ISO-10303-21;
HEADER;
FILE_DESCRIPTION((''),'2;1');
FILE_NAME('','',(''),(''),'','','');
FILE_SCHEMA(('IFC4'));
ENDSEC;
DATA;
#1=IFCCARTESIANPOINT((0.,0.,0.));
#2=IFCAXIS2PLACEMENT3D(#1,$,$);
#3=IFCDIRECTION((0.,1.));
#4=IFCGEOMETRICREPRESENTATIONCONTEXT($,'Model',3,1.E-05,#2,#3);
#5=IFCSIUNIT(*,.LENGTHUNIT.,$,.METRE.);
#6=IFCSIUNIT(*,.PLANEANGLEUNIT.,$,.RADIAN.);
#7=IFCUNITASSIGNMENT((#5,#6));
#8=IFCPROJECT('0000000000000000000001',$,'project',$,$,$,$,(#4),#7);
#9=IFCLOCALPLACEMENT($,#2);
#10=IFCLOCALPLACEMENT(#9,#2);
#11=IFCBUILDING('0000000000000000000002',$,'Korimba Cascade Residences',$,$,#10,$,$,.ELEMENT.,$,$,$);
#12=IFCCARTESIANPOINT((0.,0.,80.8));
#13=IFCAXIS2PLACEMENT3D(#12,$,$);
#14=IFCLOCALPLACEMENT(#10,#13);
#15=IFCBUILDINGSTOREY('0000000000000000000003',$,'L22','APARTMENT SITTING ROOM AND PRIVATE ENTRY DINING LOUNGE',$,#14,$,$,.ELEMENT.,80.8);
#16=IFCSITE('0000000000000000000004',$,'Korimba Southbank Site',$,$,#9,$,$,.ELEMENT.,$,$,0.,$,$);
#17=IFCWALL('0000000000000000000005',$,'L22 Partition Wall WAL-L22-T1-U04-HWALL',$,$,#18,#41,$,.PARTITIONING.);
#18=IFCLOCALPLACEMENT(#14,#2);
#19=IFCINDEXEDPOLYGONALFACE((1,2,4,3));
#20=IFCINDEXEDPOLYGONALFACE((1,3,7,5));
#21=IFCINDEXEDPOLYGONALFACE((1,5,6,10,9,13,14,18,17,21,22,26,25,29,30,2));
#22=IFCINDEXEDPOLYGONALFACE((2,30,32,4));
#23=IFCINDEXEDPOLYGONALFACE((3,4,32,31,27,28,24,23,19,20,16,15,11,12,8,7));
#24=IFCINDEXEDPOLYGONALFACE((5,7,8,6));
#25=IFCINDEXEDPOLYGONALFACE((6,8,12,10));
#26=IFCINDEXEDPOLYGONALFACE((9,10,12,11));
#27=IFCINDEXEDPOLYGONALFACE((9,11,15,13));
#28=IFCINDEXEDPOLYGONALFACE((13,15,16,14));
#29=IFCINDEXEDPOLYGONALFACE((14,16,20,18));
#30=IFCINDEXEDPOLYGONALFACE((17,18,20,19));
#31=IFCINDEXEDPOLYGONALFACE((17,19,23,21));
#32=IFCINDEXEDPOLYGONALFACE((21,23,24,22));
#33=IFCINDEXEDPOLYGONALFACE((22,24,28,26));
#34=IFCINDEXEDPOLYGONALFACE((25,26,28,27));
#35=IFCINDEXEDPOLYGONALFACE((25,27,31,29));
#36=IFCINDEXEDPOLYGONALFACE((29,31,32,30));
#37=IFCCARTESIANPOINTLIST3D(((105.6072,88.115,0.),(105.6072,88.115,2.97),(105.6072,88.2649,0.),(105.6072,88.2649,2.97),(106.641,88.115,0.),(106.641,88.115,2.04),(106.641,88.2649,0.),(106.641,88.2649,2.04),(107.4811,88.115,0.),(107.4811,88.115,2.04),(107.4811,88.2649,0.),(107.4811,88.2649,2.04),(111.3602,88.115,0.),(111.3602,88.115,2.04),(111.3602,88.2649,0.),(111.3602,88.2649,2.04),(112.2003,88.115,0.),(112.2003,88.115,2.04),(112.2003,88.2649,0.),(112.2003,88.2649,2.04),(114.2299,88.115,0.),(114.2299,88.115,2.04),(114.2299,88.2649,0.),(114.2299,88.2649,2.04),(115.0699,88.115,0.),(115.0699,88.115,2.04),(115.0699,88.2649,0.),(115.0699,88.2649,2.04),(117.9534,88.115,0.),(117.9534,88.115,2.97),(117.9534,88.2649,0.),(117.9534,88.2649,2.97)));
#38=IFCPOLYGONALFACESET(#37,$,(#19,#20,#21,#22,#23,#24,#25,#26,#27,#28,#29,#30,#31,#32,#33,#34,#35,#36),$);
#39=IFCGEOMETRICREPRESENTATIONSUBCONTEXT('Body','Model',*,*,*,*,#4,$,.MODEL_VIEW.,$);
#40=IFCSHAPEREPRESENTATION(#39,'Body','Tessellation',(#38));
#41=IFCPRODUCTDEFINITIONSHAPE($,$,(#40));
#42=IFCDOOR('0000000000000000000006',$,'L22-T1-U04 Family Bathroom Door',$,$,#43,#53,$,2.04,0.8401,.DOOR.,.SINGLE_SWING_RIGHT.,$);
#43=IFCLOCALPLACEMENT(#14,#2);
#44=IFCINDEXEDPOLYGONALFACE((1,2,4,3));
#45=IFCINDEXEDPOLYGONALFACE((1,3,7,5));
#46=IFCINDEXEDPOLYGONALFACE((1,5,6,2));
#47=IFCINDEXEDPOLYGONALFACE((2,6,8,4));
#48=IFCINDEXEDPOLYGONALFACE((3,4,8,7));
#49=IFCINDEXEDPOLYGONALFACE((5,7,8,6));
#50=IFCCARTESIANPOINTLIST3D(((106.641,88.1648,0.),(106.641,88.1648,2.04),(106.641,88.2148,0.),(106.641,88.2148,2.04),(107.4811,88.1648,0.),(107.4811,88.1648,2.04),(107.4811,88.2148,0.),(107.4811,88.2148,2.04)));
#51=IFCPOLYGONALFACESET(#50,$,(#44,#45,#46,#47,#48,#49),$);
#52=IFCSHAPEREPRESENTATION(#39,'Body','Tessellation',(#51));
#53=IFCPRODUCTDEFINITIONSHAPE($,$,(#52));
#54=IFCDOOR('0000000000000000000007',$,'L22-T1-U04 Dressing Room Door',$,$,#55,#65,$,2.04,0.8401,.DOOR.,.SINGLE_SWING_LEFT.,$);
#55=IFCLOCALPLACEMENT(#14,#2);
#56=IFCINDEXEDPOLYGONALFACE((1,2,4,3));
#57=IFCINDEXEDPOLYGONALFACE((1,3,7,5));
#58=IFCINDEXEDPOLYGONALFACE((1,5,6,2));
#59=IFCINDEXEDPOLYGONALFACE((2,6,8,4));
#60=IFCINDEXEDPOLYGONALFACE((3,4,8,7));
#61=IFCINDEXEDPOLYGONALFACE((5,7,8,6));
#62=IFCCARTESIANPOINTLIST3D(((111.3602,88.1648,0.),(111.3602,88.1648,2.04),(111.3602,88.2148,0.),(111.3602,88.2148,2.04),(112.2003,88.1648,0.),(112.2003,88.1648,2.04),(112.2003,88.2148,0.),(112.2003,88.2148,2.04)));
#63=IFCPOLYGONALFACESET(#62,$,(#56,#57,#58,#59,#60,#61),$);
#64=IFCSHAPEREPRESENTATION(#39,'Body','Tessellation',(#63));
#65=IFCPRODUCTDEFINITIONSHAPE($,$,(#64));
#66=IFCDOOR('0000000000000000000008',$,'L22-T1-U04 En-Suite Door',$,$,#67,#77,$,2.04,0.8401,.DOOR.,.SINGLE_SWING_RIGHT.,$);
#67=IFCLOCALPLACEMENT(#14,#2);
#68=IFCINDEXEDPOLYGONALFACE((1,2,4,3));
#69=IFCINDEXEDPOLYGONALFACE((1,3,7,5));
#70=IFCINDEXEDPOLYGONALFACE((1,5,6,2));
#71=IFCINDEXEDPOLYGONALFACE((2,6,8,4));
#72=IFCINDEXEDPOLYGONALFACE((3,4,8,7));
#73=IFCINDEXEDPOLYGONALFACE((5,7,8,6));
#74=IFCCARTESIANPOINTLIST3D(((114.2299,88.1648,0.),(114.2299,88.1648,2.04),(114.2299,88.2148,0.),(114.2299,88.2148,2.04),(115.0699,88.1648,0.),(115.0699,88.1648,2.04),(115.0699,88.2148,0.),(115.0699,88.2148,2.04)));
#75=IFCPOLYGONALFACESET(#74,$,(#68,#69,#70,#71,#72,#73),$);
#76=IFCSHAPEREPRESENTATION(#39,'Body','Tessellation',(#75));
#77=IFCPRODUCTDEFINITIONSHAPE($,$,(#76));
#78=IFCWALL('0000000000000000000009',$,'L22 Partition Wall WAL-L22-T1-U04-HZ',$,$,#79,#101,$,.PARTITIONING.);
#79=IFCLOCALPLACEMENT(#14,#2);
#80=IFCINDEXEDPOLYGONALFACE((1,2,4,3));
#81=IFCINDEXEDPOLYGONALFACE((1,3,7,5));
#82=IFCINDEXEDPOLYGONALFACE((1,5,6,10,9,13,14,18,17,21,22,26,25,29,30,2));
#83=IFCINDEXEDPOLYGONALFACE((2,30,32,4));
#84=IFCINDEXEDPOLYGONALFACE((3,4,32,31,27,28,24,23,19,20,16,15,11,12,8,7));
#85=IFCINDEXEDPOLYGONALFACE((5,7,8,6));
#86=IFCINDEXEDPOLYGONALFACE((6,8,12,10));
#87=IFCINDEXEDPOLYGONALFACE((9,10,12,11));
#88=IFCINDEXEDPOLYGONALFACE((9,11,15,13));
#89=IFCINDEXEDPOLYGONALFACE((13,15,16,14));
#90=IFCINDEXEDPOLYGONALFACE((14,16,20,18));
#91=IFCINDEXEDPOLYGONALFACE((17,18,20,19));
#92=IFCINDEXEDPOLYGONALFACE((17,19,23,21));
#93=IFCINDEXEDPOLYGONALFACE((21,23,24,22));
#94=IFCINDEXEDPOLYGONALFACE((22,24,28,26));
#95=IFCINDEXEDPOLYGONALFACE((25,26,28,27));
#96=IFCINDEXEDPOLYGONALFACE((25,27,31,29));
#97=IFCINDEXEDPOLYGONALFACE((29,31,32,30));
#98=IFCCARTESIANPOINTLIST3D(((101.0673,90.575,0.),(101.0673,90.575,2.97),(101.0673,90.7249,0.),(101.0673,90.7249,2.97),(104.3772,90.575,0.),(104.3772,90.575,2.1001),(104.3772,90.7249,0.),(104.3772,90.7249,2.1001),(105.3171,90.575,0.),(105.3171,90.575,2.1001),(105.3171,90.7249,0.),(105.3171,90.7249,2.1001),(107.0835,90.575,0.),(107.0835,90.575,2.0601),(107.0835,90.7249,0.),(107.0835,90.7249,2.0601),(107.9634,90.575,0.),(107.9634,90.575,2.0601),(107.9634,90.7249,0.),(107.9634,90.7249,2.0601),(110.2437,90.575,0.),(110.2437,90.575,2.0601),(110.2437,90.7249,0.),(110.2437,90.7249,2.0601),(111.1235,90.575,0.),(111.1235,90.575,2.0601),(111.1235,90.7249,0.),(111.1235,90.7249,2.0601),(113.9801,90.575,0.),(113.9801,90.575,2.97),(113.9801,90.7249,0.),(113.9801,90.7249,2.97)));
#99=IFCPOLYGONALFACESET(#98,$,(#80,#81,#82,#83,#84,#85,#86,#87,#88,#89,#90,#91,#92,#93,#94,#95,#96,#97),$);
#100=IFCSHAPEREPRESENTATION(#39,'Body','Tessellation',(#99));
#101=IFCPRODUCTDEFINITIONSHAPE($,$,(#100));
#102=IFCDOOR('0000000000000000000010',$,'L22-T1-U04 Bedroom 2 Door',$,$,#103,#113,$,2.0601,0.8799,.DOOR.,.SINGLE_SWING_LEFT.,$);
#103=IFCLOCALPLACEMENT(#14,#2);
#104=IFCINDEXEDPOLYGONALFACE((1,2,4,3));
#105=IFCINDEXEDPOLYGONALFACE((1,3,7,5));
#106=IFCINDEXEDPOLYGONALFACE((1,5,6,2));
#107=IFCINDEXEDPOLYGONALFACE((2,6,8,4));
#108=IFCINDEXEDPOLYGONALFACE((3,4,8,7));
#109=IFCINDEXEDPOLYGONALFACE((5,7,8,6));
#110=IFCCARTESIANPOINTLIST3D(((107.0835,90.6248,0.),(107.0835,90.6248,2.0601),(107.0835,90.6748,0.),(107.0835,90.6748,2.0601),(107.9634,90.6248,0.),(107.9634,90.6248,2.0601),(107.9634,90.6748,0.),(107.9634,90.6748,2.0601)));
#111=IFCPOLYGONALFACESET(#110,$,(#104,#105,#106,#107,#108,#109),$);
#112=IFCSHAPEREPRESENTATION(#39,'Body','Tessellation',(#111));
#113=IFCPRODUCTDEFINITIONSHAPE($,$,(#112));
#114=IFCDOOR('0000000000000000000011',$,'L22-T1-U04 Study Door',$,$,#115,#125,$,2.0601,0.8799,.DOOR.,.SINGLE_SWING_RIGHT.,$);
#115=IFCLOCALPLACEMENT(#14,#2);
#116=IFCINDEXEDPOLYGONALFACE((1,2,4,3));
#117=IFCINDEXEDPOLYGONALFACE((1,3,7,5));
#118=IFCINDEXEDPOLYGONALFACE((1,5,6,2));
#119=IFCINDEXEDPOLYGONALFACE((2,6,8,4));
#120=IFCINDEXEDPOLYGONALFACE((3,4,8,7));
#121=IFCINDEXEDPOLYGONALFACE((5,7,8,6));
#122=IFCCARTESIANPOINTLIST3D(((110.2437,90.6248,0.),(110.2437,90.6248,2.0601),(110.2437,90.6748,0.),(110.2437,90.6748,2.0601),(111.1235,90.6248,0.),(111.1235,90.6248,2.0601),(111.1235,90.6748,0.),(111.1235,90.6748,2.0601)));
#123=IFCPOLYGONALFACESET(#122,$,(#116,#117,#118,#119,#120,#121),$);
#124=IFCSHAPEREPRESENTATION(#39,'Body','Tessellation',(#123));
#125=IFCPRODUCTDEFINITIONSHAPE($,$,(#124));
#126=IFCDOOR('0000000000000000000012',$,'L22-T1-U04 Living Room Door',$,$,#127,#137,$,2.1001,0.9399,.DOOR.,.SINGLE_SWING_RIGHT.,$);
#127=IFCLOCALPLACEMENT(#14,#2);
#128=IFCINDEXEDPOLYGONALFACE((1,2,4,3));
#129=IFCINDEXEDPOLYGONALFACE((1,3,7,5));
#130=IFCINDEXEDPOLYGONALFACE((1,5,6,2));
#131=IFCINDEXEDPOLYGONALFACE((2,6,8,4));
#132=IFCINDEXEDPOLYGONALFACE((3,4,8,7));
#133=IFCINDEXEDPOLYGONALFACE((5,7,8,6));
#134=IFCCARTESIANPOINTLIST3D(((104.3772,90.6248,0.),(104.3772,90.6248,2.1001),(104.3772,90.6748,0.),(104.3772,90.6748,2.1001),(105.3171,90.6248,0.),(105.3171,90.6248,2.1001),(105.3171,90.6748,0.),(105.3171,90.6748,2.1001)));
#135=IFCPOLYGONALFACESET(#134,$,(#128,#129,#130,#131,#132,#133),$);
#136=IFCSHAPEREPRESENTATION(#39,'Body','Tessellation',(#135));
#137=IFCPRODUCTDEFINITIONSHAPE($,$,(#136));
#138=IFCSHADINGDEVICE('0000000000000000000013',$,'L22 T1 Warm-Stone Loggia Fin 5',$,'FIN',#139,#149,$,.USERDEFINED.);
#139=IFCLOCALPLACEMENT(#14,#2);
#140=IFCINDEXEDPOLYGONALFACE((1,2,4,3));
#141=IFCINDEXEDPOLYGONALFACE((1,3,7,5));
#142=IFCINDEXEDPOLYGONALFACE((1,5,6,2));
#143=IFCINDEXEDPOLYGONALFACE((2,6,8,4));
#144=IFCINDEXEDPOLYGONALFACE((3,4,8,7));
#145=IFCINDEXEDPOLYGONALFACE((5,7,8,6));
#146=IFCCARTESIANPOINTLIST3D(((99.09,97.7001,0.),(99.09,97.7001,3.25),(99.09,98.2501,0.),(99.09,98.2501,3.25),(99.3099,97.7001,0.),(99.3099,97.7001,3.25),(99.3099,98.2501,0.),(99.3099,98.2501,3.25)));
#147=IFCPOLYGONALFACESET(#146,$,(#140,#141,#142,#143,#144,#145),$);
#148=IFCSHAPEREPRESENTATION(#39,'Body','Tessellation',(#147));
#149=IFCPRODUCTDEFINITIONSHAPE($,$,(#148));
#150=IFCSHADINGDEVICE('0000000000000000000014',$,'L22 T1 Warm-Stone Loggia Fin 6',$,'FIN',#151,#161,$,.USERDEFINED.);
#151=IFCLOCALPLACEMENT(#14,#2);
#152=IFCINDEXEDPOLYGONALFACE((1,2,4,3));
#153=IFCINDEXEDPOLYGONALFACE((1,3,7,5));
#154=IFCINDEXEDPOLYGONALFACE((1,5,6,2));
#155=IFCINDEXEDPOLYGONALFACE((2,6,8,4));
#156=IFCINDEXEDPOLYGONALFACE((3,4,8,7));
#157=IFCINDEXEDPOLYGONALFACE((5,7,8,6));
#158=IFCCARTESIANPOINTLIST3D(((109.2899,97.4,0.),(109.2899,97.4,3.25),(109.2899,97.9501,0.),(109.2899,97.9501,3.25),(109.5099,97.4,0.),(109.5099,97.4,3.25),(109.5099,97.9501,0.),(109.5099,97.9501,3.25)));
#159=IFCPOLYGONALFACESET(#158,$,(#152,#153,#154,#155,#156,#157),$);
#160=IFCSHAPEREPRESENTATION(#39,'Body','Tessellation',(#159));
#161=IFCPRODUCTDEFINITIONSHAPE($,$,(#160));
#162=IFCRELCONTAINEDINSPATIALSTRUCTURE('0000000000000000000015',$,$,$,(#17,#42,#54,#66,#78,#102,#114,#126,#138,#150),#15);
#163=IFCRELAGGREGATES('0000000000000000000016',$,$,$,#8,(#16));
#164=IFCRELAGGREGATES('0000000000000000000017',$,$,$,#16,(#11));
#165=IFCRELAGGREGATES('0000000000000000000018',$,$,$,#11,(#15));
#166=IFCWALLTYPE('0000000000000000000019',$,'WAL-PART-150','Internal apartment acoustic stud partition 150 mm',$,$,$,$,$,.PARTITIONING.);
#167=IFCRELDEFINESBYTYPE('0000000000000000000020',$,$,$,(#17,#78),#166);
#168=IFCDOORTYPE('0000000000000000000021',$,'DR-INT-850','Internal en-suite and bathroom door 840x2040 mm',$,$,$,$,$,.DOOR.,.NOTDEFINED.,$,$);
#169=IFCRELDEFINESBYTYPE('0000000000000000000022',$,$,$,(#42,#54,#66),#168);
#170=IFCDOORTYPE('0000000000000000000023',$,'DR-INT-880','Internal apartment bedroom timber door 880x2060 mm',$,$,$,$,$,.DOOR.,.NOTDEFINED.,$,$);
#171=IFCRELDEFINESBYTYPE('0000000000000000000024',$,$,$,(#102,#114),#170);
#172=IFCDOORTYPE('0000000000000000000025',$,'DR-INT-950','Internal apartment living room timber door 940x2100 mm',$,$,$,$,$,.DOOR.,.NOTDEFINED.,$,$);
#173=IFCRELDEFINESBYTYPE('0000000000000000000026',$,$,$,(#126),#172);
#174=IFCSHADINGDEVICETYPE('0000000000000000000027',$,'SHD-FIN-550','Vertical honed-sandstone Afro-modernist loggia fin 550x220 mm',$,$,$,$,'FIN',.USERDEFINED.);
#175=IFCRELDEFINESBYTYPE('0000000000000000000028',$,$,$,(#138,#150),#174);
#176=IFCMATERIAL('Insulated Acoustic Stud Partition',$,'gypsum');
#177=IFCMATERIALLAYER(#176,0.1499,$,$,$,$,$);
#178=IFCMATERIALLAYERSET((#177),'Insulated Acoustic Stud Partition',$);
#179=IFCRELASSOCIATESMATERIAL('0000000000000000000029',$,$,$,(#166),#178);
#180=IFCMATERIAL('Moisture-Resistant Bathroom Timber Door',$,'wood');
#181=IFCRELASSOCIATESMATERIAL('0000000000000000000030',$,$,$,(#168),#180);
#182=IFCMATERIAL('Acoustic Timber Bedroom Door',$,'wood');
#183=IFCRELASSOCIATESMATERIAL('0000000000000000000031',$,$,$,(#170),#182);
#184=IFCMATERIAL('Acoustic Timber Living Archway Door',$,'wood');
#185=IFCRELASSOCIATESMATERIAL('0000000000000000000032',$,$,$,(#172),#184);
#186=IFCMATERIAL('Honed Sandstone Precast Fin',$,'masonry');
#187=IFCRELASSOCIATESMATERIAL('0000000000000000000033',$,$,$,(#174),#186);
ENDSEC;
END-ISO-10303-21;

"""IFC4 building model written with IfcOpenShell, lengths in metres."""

from ifc_helpers import new_model, si_unit, direction, frame, frame_2d, origin, origin_2d, place, context, subcontext, project, spatial, rectangle, extrude, material, layer, layer_set, type_object, element, fill, save


model = new_model("IFC4")

# Units and contexts
model_context = context("Model", 3, precision=1e-05, world=origin(), true_north=direction((0.0, 1.0)))
body_context = subcontext(model_context, "Body", "Model", "MODEL_VIEW")
ifc_project = project(units=[si_unit("LENGTHUNIT", "METRE"), si_unit("PLANEANGLEUNIT", "RADIAN")], contexts=[model_context])

# Site, building, storey
site_placement = place(None, origin())
site = spatial("IfcSite", under=ifc_project, at=site_placement, Name="Korimba Southbank Site", CompositionType="ELEMENT", RefElevation=0.0)
building_placement = place(site_placement, origin())
building = spatial("IfcBuilding", under=site, at=building_placement, Name="Korimba Cascade Residences", CompositionType="ELEMENT")
storey_placement = place(building_placement, frame((0.0, 0.0, 80.8)))
storey = spatial("IfcBuildingStorey", under=building, at=storey_placement, Name="L22", Description="APARTMENT SITTING ROOM AND PRIVATE ENTRY DINING LOUNGE", CompositionType="ELEMENT", Elevation=80.8)

# Shared definitions
ifc_material_1 = material(Name="Insulated Acoustic Stud Partition", Category="gypsum")
ifc_layer = layer(ifc_material_1, 0.1499)
ifc_layer_set = layer_set([ifc_layer], Name="Insulated Acoustic Stud Partition")
wall_type = type_object("IfcWallType", Name="WAL-PART-150", Description="Internal apartment acoustic stud partition 150 mm", PredefinedType="PARTITIONING", material=ifc_layer_set)

# Walls, openings, doors
wall_1_placement = place(storey_placement, frame((105.6072, 88.1899, 0.0), z_axis=(0.0, 0.0, 1.0), x_axis=(1.0, 0.0, 0.0)))
wall_1 = element("IfcWall", 1, at=wall_1_placement, inside=storey, type_object=wall_type, Name="L22 Partition Wall WAL-L22-T1-U04-HWALL", PredefinedType="PARTITIONING", context=body_context, shape_type="SweptSolid", body=[
    extrude(rectangle(XDim=12.3462, YDim=0.1499, at=frame_2d((6.1731, 0.0))), origin(), (0.0, 0.0, 1.0), 2.97),
])
opening_1_placement = place(wall_1_placement, frame((1.0339, 0.0, 0.0)))
opening_1 = element("IfcOpeningElement", 2, at=opening_1_placement, cuts=wall_1, PredefinedType="OPENING", context=body_context, shape_type="SweptSolid", body=[
    extrude(rectangle(XDim=0.8401, YDim=2.04, at=frame_2d((0.4199, 1.02))), frame((0.0, 0.085, 0.0), z_axis=(0.0, -1.0, 0.0), x_axis=(1.0, 0.0, 0.0)), (0.0, 0.0, 1.0), 0.1699),
])
opening_2_placement = place(wall_1_placement, frame((5.7532, 0.0, 0.0)))
opening_2 = element("IfcOpeningElement", 3, at=opening_2_placement, cuts=wall_1, PredefinedType="OPENING", context=body_context, shape_type="SweptSolid", body=[
    extrude(rectangle(XDim=0.8401, YDim=2.04, at=frame_2d((0.4199, 1.02))), frame((0.0, 0.085, 0.0), z_axis=(0.0, -1.0, 0.0), x_axis=(1.0, 0.0, 0.0)), (0.0, 0.0, 1.0), 0.1699),
])
opening_3_placement = place(wall_1_placement, frame((8.6228, 0.0, 0.0)))
opening_3 = element("IfcOpeningElement", 4, at=opening_3_placement, cuts=wall_1, PredefinedType="OPENING", context=body_context, shape_type="SweptSolid", body=[
    extrude(rectangle(XDim=0.8401, YDim=2.04, at=frame_2d((0.4199, 1.02))), frame((0.0, 0.085, 0.0), z_axis=(0.0, -1.0, 0.0), x_axis=(1.0, 0.0, 0.0)), (0.0, 0.0, 1.0), 0.1699),
])
ifc_material_2 = material(Name="Moisture-Resistant Bathroom Timber Door", Category="wood")
door_type_1 = type_object("IfcDoorType", Name="DR-INT-850", Description="Internal en-suite and bathroom door 840x2040 mm", OperationType="NOTDEFINED", PredefinedType="DOOR", material=ifc_material_2)
door_1_placement = place(opening_1_placement, origin())
door_1 = element("IfcDoor", 5, at=door_1_placement, inside=storey, type_object=door_type_1, Name="L22-T1-U04 Family Bathroom Door", OperationType="SINGLE_SWING_RIGHT", OverallHeight=2.04, OverallWidth=0.8401, PredefinedType="DOOR", context=body_context, shape_type="SweptSolid", body=[
    extrude(rectangle(XDim=0.8401, YDim=2.04, at=frame_2d((0.4199, 1.02))), frame((0.0, 0.0249, 0.0), z_axis=(0.0, -1.0, 0.0), x_axis=(1.0, 0.0, 0.0)), (0.0, 0.0, 1.0), 0.05),
])
fill(opening_1, door_1)
door_2_placement = place(opening_2_placement, origin())
door_2 = element("IfcDoor", 6, at=door_2_placement, inside=storey, type_object=door_type_1, Name="L22-T1-U04 Dressing Room Door", OperationType="SINGLE_SWING_LEFT", OverallHeight=2.04, OverallWidth=0.8401, PredefinedType="DOOR", context=body_context, shape_type="SweptSolid", body=[
    extrude(rectangle(XDim=0.8401, YDim=2.04, at=frame_2d((0.4199, 1.02))), frame((0.0, 0.0249, 0.0), z_axis=(0.0, -1.0, 0.0), x_axis=(1.0, 0.0, 0.0)), (0.0, 0.0, 1.0), 0.05),
])
fill(opening_2, door_2)
door_3_placement = place(opening_3_placement, origin())
door_3 = element("IfcDoor", 7, at=door_3_placement, inside=storey, type_object=door_type_1, Name="L22-T1-U04 En-Suite Door", OperationType="SINGLE_SWING_RIGHT", OverallHeight=2.04, OverallWidth=0.8401, PredefinedType="DOOR", context=body_context, shape_type="SweptSolid", body=[
    extrude(rectangle(XDim=0.8401, YDim=2.04, at=frame_2d((0.4199, 1.02))), frame((0.0, 0.0249, 0.0), z_axis=(0.0, -1.0, 0.0), x_axis=(1.0, 0.0, 0.0)), (0.0, 0.0, 1.0), 0.05),
])
fill(opening_3, door_3)
wall_2_placement = place(storey_placement, frame((101.0671, 90.6499, 0.0), z_axis=(0.0, 0.0, 1.0), x_axis=(1.0, 0.0, 0.0)))
wall_2 = element("IfcWall", 8, at=wall_2_placement, inside=storey, type_object=wall_type, Name="L22 Partition Wall WAL-L22-T1-U04-HZ", PredefinedType="PARTITIONING", context=body_context, shape_type="SweptSolid", body=[
    extrude(rectangle(XDim=12.9128, YDim=0.1499, at=frame_2d((6.4565, 0.0))), origin(), (0.0, 0.0, 1.0), 2.97),
])
opening_4_placement = place(wall_2_placement, frame((3.3101, 0.0, 0.0)))
opening_4 = element("IfcOpeningElement", 9, at=opening_4_placement, cuts=wall_2, PredefinedType="OPENING", context=body_context, shape_type="SweptSolid", body=[
    extrude(rectangle(XDim=0.9399, YDim=2.1001, at=frame_2d((0.47, 1.05))), frame((0.0, 0.085, 0.0), z_axis=(0.0, -1.0, 0.0), x_axis=(1.0, 0.0, 0.0)), (0.0, 0.0, 1.0), 0.1699),
])
opening_5_placement = place(wall_2_placement, frame((6.0164, 0.0, 0.0)))
opening_5 = element("IfcOpeningElement", 10, at=opening_5_placement, cuts=wall_2, PredefinedType="OPENING", context=body_context, shape_type="SweptSolid", body=[
    extrude(rectangle(XDim=0.8799, YDim=2.0601, at=frame_2d((0.4399, 1.03))), frame((0.0, 0.085, 0.0), z_axis=(0.0, -1.0, 0.0), x_axis=(1.0, 0.0, 0.0)), (0.0, 0.0, 1.0), 0.1699),
])
opening_6_placement = place(wall_2_placement, frame((9.1765, 0.0, 0.0)))
opening_6 = element("IfcOpeningElement", 11, at=opening_6_placement, cuts=wall_2, PredefinedType="OPENING", context=body_context, shape_type="SweptSolid", body=[
    extrude(rectangle(XDim=0.8799, YDim=2.0601, at=frame_2d((0.4399, 1.03))), frame((0.0, 0.085, 0.0), z_axis=(0.0, -1.0, 0.0), x_axis=(1.0, 0.0, 0.0)), (0.0, 0.0, 1.0), 0.1699),
])
ifc_material_3 = material(Name="Acoustic Timber Bedroom Door", Category="wood")
door_type_2 = type_object("IfcDoorType", Name="DR-INT-880", Description="Internal apartment bedroom timber door 880x2060 mm", OperationType="NOTDEFINED", PredefinedType="DOOR", material=ifc_material_3)
door_4_placement = place(opening_5_placement, origin())
door_4 = element("IfcDoor", 12, at=door_4_placement, inside=storey, type_object=door_type_2, Name="L22-T1-U04 Bedroom 2 Door", OperationType="SINGLE_SWING_LEFT", OverallHeight=2.0601, OverallWidth=0.8799, PredefinedType="DOOR", context=body_context, shape_type="SweptSolid", body=[
    extrude(rectangle(XDim=0.8799, YDim=2.0601, at=frame_2d((0.4399, 1.03))), frame((0.0, 0.0249, 0.0), z_axis=(0.0, -1.0, 0.0), x_axis=(1.0, 0.0, 0.0)), (0.0, 0.0, 1.0), 0.05),
])
fill(opening_5, door_4)
door_5_placement = place(opening_6_placement, origin())
door_5 = element("IfcDoor", 13, at=door_5_placement, inside=storey, type_object=door_type_2, Name="L22-T1-U04 Study Door", OperationType="SINGLE_SWING_RIGHT", OverallHeight=2.0601, OverallWidth=0.8799, PredefinedType="DOOR", context=body_context, shape_type="SweptSolid", body=[
    extrude(rectangle(XDim=0.8799, YDim=2.0601, at=frame_2d((0.4399, 1.03))), frame((0.0, 0.0249, 0.0), z_axis=(0.0, -1.0, 0.0), x_axis=(1.0, 0.0, 0.0)), (0.0, 0.0, 1.0), 0.05),
])
fill(opening_6, door_5)
ifc_material_4 = material(Name="Acoustic Timber Living Archway Door", Category="wood")
door_type_3 = type_object("IfcDoorType", Name="DR-INT-950", Description="Internal apartment living room timber door 940x2100 mm", OperationType="NOTDEFINED", PredefinedType="DOOR", material=ifc_material_4)
door_6_placement = place(opening_4_placement, origin())
door_6 = element("IfcDoor", 14, at=door_6_placement, inside=storey, type_object=door_type_3, Name="L22-T1-U04 Living Room Door", OperationType="SINGLE_SWING_RIGHT", OverallHeight=2.1001, OverallWidth=0.9399, PredefinedType="DOOR", context=body_context, shape_type="SweptSolid", body=[
    extrude(rectangle(XDim=0.9399, YDim=2.1001, at=frame_2d((0.47, 1.05))), frame((0.0, 0.0249, 0.0), z_axis=(0.0, -1.0, 0.0), x_axis=(1.0, 0.0, 0.0)), (0.0, 0.0, 1.0), 0.05),
])
fill(opening_4, door_6)

# Shading devices
ifc_material_5 = material(Name="Honed Sandstone Precast Fin", Category="masonry")
shading_device_type = type_object("IfcShadingDeviceType", Name="SHD-FIN-550", Description="Vertical honed-sandstone Afro-modernist loggia fin 550x220 mm", ElementType="FIN", PredefinedType="USERDEFINED", material=ifc_material_5)
for number, where, z_axis, x_axis, name in (
    (15, (99.2, 97.9751, 0.0), (0.0, 0.0, 1.0), (1.0, 0.0, 0.0), "L22 T1 Warm-Stone Loggia Fin 5"),
    (16, (109.3999, 97.675, 0.0), (0.0, 0.0, 1.0), (1.0, 0.0, 0.0), "L22 T1 Warm-Stone Loggia Fin 6"),
):
    element("IfcShadingDevice", number, at=place(storey_placement, frame(where, z_axis=z_axis, x_axis=x_axis)), inside=storey, type_object=shading_device_type, Name=name, ObjectType="FIN", PredefinedType="USERDEFINED", context=body_context, shape_type="SweptSolid", body=[
        extrude(rectangle(XDim=0.22, YDim=0.55, at=origin_2d()), origin(), (0.0, 0.0, 1.0), 3.25),
    ])

save(model, "model.ifc")
